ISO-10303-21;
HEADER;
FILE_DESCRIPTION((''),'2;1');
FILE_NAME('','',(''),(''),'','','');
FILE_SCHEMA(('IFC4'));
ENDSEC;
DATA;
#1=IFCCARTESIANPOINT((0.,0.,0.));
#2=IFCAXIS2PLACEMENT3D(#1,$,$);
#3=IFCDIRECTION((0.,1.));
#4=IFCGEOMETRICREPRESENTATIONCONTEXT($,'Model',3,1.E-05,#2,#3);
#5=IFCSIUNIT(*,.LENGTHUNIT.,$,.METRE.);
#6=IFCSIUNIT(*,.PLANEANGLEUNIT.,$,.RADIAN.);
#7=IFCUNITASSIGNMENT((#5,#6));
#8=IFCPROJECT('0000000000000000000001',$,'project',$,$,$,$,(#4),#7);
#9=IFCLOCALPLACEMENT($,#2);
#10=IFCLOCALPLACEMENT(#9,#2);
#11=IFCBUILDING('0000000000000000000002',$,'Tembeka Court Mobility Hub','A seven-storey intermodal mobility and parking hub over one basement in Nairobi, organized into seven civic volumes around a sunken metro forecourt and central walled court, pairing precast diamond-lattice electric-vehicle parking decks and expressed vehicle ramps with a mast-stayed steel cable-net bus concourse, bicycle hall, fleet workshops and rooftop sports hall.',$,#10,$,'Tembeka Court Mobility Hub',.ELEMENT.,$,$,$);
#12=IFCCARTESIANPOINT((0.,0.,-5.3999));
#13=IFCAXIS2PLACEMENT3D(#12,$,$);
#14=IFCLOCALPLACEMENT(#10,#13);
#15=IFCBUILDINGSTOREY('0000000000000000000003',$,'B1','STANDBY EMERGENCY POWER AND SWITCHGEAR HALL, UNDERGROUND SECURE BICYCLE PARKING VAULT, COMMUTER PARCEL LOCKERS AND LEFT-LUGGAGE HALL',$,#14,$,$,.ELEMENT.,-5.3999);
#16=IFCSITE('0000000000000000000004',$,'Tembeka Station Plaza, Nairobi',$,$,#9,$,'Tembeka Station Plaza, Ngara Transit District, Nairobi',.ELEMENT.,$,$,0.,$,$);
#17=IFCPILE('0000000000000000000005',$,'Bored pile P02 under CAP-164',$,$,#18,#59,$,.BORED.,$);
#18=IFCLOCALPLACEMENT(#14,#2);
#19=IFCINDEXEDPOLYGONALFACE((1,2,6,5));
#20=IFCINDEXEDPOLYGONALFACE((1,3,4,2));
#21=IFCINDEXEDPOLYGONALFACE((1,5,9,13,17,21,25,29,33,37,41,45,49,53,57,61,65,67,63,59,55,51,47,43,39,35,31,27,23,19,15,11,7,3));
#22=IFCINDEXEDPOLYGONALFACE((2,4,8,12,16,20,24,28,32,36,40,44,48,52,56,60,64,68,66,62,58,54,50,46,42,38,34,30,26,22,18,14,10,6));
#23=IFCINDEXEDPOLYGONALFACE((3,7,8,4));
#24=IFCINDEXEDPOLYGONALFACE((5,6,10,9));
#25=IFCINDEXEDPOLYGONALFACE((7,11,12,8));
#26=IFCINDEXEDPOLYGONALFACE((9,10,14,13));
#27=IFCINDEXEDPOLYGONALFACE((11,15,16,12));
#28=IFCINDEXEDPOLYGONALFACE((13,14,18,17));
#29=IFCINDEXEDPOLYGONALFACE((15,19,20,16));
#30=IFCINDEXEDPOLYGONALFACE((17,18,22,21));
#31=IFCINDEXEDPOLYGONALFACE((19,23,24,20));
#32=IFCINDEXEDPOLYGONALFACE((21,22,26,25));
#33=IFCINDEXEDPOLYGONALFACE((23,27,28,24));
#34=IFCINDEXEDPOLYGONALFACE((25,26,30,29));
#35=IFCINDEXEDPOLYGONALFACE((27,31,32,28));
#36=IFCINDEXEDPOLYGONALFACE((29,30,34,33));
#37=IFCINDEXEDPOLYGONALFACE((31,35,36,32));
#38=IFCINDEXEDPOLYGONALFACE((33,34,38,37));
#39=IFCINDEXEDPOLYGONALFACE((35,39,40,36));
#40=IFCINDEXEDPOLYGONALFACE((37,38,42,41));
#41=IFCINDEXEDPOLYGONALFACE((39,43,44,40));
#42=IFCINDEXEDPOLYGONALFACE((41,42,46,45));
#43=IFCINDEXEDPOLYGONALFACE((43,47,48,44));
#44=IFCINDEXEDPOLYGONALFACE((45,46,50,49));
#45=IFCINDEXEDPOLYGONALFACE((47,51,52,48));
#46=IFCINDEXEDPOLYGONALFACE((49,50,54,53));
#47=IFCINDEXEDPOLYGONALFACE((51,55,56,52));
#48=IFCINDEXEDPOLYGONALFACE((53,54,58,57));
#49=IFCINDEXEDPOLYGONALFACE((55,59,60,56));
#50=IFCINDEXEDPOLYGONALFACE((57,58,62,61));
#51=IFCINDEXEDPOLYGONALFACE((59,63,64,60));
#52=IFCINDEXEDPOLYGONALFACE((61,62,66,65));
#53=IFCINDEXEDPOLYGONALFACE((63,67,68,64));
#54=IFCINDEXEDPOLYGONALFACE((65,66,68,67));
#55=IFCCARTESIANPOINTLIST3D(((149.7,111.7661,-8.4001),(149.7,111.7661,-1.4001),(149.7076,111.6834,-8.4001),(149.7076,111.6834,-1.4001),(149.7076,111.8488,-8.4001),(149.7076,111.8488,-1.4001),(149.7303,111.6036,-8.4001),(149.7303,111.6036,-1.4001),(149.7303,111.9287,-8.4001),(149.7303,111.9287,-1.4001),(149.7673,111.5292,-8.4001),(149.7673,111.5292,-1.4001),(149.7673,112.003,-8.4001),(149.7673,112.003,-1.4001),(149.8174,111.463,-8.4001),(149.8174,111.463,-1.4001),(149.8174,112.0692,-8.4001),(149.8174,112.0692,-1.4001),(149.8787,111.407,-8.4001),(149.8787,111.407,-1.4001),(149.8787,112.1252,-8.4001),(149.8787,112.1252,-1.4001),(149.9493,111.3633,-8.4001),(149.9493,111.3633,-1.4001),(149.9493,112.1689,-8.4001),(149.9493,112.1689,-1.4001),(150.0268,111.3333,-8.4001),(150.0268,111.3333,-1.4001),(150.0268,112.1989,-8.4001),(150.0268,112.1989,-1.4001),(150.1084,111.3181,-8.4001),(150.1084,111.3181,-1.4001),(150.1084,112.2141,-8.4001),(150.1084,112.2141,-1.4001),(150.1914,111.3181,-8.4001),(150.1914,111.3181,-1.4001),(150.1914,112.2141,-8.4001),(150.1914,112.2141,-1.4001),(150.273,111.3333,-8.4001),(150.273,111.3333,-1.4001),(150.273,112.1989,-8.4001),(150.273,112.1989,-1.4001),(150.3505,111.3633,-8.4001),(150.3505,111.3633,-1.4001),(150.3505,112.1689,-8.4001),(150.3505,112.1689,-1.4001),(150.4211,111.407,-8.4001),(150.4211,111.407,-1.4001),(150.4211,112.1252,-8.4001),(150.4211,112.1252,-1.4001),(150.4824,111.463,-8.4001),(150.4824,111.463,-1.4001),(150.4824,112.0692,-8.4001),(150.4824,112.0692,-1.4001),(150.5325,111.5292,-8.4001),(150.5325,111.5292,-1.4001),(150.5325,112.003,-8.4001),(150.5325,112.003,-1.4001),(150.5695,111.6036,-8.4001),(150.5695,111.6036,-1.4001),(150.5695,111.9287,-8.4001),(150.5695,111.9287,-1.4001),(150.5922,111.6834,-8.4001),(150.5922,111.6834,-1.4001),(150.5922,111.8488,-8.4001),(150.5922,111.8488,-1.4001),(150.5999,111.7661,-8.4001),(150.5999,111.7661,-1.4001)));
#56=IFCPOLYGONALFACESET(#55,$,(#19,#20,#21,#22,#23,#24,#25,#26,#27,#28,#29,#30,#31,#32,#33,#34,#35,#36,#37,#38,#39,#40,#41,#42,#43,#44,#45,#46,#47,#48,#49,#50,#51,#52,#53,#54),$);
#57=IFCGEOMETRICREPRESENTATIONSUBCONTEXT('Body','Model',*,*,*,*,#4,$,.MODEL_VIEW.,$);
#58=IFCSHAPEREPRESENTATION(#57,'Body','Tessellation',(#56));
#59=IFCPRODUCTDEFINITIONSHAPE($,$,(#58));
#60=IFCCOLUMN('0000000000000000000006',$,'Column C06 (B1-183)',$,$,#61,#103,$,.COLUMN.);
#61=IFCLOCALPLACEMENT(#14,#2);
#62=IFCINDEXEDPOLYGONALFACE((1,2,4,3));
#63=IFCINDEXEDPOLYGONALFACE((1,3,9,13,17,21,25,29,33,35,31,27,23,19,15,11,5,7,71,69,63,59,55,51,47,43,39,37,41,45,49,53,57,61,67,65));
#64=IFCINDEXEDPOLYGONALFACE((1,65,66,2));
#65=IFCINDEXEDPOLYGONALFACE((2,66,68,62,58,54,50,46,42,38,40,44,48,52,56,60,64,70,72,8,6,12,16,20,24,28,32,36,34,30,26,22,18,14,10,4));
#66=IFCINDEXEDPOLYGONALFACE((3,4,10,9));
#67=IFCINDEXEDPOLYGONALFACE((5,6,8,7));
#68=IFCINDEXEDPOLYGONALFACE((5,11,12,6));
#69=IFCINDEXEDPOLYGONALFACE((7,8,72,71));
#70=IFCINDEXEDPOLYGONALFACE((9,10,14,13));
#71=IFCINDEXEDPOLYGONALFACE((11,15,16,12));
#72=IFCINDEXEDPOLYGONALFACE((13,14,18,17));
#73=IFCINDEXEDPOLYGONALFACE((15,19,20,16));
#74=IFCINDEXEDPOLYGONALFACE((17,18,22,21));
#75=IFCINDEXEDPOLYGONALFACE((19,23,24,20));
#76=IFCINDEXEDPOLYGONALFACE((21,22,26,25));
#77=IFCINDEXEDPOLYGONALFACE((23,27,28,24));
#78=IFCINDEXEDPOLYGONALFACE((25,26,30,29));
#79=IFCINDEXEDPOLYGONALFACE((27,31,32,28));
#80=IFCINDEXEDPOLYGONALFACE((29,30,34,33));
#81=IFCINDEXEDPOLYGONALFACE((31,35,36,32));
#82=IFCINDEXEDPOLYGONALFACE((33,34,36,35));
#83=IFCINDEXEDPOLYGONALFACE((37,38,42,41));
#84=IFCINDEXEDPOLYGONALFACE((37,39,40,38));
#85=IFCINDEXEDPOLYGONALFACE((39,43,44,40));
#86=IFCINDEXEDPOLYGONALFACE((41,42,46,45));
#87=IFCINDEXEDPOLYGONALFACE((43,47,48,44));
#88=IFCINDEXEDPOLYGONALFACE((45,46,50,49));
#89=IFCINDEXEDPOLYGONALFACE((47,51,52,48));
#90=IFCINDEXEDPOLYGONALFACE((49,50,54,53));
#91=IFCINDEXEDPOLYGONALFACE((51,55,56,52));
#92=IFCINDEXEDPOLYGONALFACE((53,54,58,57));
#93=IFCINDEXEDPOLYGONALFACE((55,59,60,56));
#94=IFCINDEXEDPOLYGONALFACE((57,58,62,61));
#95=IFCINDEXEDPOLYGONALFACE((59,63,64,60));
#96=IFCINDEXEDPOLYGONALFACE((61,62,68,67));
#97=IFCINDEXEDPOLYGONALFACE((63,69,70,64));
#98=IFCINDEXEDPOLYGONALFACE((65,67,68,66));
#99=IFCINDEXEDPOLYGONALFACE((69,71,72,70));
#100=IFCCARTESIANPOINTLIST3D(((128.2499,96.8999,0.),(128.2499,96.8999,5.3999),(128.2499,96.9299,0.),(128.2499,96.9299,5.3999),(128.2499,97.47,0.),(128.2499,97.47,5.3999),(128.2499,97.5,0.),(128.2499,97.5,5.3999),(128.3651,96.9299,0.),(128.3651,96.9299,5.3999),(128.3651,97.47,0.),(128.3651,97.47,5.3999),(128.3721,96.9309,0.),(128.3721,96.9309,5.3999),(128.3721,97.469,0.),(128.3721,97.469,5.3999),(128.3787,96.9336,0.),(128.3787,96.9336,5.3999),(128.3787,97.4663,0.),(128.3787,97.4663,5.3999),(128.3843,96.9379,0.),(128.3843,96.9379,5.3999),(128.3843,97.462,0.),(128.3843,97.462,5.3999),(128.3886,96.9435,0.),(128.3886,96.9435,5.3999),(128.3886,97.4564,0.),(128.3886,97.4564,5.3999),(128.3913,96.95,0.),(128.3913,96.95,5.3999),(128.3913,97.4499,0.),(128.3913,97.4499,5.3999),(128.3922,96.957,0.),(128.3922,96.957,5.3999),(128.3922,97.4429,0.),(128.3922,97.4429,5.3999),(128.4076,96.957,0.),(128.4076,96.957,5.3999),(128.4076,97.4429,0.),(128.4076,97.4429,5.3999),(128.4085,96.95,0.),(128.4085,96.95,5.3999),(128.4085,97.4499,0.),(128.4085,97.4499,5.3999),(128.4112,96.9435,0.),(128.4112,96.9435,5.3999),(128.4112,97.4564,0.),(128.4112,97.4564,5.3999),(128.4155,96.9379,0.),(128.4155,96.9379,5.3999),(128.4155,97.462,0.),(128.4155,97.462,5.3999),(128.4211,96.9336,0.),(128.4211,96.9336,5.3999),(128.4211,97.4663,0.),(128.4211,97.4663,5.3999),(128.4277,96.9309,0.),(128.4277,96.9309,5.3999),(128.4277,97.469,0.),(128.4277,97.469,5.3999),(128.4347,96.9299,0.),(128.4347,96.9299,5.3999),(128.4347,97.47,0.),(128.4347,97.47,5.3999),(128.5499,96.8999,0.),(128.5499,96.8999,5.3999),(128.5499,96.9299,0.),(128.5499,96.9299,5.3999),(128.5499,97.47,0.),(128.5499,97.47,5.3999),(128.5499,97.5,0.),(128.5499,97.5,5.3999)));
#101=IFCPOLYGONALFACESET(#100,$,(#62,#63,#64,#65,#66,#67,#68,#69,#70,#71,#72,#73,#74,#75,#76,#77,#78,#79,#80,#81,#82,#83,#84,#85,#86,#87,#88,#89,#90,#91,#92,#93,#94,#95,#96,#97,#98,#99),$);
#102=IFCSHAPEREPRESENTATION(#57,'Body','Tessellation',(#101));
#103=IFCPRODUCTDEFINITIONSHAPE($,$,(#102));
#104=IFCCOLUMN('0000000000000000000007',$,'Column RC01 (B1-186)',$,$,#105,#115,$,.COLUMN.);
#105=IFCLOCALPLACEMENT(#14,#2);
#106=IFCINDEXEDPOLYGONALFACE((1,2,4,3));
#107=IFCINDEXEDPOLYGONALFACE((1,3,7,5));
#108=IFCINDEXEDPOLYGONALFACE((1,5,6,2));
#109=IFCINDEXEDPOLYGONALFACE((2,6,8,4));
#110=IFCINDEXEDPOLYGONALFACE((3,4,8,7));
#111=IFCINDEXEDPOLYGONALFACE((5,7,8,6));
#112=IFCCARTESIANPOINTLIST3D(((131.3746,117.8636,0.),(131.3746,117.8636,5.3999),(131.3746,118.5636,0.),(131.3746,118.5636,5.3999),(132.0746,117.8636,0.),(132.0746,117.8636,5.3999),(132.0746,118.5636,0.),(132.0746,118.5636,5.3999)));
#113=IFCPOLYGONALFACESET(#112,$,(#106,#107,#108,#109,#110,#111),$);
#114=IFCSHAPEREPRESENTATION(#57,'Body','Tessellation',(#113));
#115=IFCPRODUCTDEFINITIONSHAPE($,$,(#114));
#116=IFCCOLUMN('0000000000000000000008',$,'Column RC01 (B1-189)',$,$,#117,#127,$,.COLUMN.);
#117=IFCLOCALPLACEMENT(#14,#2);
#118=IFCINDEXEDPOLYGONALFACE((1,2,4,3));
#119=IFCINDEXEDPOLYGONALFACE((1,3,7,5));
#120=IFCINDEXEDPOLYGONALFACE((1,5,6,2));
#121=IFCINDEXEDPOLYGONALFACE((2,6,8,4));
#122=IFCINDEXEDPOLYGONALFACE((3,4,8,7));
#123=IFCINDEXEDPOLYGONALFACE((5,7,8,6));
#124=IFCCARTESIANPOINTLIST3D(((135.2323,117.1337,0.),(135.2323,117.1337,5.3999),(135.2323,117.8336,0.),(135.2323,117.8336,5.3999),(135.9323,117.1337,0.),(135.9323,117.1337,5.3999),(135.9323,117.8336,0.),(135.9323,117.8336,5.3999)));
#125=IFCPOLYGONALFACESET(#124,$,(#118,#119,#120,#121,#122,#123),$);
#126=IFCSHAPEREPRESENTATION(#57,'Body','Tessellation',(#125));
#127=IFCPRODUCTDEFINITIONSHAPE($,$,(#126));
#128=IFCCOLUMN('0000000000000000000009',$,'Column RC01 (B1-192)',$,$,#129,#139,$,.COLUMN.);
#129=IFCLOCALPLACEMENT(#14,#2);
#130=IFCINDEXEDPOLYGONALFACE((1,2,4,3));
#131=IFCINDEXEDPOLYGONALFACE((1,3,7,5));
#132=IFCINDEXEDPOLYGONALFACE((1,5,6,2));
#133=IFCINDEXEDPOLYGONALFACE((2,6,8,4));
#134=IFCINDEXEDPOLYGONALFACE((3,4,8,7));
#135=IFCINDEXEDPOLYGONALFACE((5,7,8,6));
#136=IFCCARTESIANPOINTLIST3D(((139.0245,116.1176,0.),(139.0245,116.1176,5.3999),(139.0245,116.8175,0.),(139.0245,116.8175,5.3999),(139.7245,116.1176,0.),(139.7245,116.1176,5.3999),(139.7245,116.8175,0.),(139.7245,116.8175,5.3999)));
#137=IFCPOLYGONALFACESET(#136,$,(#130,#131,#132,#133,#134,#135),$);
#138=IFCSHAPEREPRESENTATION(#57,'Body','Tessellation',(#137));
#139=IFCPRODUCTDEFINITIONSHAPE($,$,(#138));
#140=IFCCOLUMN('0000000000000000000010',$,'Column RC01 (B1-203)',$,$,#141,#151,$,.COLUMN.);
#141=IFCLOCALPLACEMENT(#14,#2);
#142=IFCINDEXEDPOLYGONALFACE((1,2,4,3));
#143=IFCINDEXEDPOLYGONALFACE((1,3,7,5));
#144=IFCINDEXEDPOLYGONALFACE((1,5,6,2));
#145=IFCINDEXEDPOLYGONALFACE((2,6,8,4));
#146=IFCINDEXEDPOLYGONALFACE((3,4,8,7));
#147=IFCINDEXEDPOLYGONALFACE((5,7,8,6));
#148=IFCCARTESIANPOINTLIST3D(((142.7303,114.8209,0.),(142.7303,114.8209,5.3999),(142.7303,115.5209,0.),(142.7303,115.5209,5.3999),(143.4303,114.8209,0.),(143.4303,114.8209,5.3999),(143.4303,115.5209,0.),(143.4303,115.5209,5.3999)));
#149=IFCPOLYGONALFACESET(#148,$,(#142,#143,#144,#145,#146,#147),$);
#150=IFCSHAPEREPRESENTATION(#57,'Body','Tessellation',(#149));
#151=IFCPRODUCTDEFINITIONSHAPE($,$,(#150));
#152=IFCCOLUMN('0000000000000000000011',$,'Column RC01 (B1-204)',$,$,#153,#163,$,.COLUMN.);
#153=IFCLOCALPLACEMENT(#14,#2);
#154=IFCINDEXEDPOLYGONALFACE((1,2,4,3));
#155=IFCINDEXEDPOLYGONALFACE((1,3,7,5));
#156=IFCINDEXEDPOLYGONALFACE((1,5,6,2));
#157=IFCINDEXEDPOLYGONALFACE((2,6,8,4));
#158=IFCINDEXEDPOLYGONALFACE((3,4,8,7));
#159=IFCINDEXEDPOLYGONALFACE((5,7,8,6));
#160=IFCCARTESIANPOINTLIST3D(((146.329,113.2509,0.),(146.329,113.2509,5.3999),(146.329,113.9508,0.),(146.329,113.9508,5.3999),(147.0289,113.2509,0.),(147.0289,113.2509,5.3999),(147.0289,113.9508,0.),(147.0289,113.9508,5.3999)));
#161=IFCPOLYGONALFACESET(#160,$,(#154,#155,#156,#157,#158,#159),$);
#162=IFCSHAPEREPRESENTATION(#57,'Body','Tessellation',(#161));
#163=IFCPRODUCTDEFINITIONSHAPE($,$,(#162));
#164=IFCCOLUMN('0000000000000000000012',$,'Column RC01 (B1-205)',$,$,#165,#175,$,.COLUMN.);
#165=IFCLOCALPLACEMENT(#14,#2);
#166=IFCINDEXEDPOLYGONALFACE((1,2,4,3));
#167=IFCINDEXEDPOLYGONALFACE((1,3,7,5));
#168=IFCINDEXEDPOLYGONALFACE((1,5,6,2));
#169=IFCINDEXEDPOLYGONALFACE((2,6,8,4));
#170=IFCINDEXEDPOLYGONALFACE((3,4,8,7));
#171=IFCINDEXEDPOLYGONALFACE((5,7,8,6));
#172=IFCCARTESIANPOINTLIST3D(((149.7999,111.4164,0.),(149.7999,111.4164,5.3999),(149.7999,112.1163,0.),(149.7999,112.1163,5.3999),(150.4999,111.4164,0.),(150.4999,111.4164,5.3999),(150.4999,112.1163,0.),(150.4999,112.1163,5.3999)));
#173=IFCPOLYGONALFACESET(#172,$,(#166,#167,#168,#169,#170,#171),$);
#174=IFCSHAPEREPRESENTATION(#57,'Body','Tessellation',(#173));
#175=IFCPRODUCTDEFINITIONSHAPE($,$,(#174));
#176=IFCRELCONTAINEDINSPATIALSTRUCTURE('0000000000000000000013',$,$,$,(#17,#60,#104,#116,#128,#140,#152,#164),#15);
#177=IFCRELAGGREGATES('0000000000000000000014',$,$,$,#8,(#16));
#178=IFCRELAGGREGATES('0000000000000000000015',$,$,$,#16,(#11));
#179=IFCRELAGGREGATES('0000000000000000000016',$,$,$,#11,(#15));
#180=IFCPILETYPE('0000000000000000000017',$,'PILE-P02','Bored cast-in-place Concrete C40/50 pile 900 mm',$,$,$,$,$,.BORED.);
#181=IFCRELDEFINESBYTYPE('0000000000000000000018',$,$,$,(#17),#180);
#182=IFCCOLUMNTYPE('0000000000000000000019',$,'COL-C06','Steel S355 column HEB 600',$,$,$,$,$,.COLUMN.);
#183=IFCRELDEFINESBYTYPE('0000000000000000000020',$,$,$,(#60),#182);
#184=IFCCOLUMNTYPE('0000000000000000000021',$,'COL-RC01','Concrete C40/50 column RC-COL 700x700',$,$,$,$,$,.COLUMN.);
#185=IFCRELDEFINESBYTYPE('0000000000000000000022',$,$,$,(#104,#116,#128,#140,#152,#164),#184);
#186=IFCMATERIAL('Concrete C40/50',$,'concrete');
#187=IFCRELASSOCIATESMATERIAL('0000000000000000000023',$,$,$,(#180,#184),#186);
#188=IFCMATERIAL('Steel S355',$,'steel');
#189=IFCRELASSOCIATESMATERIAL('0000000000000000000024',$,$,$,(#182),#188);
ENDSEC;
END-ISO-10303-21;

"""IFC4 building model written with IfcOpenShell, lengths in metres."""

from ifc_helpers import new_model, si_unit, direction, frame, origin, origin_2d, place, context, subcontext, project, spatial, rectangle, circle, i_section, extrude, material, material_profile, profile_set, type_object, element, save


model = new_model("IFC4")

# Units and contexts
model_context = context("Model", 3, precision=1e-05, world=origin(), true_north=direction((0.0, 1.0)))
body_context = subcontext(model_context, "Body", "Model", "MODEL_VIEW")
ifc_project = project(units=[si_unit("LENGTHUNIT", "METRE"), si_unit("PLANEANGLEUNIT", "RADIAN")], contexts=[model_context])

# Site, building, storey
site_placement = place(None, origin())
site = spatial("IfcSite", under=ifc_project, at=site_placement, Name="Tembeka Station Plaza, Nairobi", LongName="Tembeka Station Plaza, Ngara Transit District, Nairobi", CompositionType="ELEMENT", RefElevation=0.0)
building_placement = place(site_placement, origin())
building = spatial("IfcBuilding", under=site, at=building_placement, Name="Tembeka Court Mobility Hub", Description="A seven-storey intermodal mobility and parking hub over one basement in Nairobi, organized into seven civic volumes around a sunken metro forecourt and central walled court, pairing precast diamond-lattice electric-vehicle parking decks and expressed vehicle ramps with a mast-stayed steel cable-net bus concourse, bicycle hall, fleet workshops and rooftop sports hall.", LongName="Tembeka Court Mobility Hub", CompositionType="ELEMENT")
storey_placement = place(building_placement, frame((0.0, 0.0, -5.3999)))
storey = spatial("IfcBuildingStorey", under=building, at=storey_placement, Name="B1", Description="STANDBY EMERGENCY POWER AND SWITCHGEAR HALL, UNDERGROUND SECURE BICYCLE PARKING VAULT, COMMUTER PARCEL LOCKERS AND LEFT-LUGGAGE HALL", CompositionType="ELEMENT", Elevation=-5.3999)

# Shared definitions
ifc_material_1 = material(Name="Concrete C40/50", Category="concrete")

# Pile
ifc_material_profile_1 = material_profile(ifc_material_1, circle(Radius=0.45, at=origin_2d()), Name="PILE D900")
ifc_profile_set_1 = profile_set([ifc_material_profile_1], Name="Concrete C40/50")
pile_type = type_object("IfcPileType", Name="PILE-P02", Description="Bored cast-in-place Concrete C40/50 pile 900 mm", PredefinedType="BORED", material=ifc_profile_set_1)
for number, where, z_axis, x_axis, name in (
    (1, (150.1499, 111.7661, -1.4001), (0.0, 0.0, -1.0), (1.0, 0.0, 0.0), "Bored pile P02 under CAP-164"),
):
    element("IfcPile", number, at=place(storey_placement, frame(where, z_axis=z_axis, x_axis=x_axis)), inside=storey, type_object=pile_type, Name=name, PredefinedType="BORED", context=body_context, shape_type="SweptSolid", body=[
        extrude(circle(Radius=0.45, at=origin_2d()), origin(), (0.0, 0.0, 1.0), 7.0),
    ])

# Columns
ifc_material_2 = material(Name="Steel S355", Category="steel")
ifc_material_profile_2 = material_profile(ifc_material_2, i_section(OverallWidth=0.3, OverallDepth=0.6001, WebThickness=0.0154, FlangeThickness=0.03, FilletRadius=0.0271, at=origin_2d()), Name="HEB 600")
ifc_profile_set_2 = profile_set([ifc_material_profile_2], Name="Steel S355")
column_type_1 = type_object("IfcColumnType", Name="COL-C06", Description="Steel S355 column HEB 600", PredefinedType="COLUMN", material=ifc_profile_set_2)
column_placement = place(storey_placement, frame((128.3999, 97.2, 0.0), z_axis=(0.0, 0.0, 1.0), x_axis=(1.0, 0.0, 0.0)))
element("IfcColumn", 2, at=column_placement, inside=storey, type_object=column_type_1, Name="Column C06 (B1-183)", PredefinedType="COLUMN", context=body_context, shape_type="SweptSolid", body=[
    extrude(i_section(OverallWidth=0.3, OverallDepth=0.6001, WebThickness=0.0154, FlangeThickness=0.03, FilletRadius=0.0271, at=origin_2d()), origin(), (0.0, 0.0, 1.0), 5.3999),
])
ifc_material_profile_3 = material_profile(ifc_material_1, rectangle(XDim=0.7, YDim=0.7, at=origin_2d()), Name="RC-COL 700x700")
ifc_profile_set_3 = profile_set([ifc_material_profile_3], Name="Concrete C40/50")
column_type_2 = type_object("IfcColumnType", Name="COL-RC01", Description="Concrete C40/50 column RC-COL 700x700", PredefinedType="COLUMN", material=ifc_profile_set_3)
for number, where, z_axis, x_axis, name in (
    (3, (131.7246, 118.2136, 0.0), (0.0, 0.0, 1.0), (1.0, 0.0, 0.0), "Column RC01 (B1-186)"),
    (4, (135.5823, 117.4836, 0.0), (0.0, 0.0, 1.0), (1.0, 0.0, 0.0), "Column RC01 (B1-189)"),
    (5, (139.3745, 116.4675, 0.0), (0.0, 0.0, 1.0), (1.0, 0.0, 0.0), "Column RC01 (B1-192)"),
    (6, (143.0803, 115.1709, 0.0), (0.0, 0.0, 1.0), (1.0, 0.0, 0.0), "Column RC01 (B1-203)"),
    (7, (146.679, 113.6008, 0.0), (0.0, 0.0, 1.0), (1.0, 0.0, 0.0), "Column RC01 (B1-204)"),
    (8, (150.1499, 111.7664, 0.0), (0.0, 0.0, 1.0), (1.0, 0.0, 0.0), "Column RC01 (B1-205)"),
):
    element("IfcColumn", number, at=place(storey_placement, frame(where, z_axis=z_axis, x_axis=x_axis)), inside=storey, type_object=column_type_2, Name=name, PredefinedType="COLUMN", context=body_context, shape_type="SweptSolid", body=[
        extrude(rectangle(XDim=0.7, YDim=0.7, at=origin_2d()), origin(), (0.0, 0.0, 1.0), 5.3999),
    ])

save(model, "model.ifc")
